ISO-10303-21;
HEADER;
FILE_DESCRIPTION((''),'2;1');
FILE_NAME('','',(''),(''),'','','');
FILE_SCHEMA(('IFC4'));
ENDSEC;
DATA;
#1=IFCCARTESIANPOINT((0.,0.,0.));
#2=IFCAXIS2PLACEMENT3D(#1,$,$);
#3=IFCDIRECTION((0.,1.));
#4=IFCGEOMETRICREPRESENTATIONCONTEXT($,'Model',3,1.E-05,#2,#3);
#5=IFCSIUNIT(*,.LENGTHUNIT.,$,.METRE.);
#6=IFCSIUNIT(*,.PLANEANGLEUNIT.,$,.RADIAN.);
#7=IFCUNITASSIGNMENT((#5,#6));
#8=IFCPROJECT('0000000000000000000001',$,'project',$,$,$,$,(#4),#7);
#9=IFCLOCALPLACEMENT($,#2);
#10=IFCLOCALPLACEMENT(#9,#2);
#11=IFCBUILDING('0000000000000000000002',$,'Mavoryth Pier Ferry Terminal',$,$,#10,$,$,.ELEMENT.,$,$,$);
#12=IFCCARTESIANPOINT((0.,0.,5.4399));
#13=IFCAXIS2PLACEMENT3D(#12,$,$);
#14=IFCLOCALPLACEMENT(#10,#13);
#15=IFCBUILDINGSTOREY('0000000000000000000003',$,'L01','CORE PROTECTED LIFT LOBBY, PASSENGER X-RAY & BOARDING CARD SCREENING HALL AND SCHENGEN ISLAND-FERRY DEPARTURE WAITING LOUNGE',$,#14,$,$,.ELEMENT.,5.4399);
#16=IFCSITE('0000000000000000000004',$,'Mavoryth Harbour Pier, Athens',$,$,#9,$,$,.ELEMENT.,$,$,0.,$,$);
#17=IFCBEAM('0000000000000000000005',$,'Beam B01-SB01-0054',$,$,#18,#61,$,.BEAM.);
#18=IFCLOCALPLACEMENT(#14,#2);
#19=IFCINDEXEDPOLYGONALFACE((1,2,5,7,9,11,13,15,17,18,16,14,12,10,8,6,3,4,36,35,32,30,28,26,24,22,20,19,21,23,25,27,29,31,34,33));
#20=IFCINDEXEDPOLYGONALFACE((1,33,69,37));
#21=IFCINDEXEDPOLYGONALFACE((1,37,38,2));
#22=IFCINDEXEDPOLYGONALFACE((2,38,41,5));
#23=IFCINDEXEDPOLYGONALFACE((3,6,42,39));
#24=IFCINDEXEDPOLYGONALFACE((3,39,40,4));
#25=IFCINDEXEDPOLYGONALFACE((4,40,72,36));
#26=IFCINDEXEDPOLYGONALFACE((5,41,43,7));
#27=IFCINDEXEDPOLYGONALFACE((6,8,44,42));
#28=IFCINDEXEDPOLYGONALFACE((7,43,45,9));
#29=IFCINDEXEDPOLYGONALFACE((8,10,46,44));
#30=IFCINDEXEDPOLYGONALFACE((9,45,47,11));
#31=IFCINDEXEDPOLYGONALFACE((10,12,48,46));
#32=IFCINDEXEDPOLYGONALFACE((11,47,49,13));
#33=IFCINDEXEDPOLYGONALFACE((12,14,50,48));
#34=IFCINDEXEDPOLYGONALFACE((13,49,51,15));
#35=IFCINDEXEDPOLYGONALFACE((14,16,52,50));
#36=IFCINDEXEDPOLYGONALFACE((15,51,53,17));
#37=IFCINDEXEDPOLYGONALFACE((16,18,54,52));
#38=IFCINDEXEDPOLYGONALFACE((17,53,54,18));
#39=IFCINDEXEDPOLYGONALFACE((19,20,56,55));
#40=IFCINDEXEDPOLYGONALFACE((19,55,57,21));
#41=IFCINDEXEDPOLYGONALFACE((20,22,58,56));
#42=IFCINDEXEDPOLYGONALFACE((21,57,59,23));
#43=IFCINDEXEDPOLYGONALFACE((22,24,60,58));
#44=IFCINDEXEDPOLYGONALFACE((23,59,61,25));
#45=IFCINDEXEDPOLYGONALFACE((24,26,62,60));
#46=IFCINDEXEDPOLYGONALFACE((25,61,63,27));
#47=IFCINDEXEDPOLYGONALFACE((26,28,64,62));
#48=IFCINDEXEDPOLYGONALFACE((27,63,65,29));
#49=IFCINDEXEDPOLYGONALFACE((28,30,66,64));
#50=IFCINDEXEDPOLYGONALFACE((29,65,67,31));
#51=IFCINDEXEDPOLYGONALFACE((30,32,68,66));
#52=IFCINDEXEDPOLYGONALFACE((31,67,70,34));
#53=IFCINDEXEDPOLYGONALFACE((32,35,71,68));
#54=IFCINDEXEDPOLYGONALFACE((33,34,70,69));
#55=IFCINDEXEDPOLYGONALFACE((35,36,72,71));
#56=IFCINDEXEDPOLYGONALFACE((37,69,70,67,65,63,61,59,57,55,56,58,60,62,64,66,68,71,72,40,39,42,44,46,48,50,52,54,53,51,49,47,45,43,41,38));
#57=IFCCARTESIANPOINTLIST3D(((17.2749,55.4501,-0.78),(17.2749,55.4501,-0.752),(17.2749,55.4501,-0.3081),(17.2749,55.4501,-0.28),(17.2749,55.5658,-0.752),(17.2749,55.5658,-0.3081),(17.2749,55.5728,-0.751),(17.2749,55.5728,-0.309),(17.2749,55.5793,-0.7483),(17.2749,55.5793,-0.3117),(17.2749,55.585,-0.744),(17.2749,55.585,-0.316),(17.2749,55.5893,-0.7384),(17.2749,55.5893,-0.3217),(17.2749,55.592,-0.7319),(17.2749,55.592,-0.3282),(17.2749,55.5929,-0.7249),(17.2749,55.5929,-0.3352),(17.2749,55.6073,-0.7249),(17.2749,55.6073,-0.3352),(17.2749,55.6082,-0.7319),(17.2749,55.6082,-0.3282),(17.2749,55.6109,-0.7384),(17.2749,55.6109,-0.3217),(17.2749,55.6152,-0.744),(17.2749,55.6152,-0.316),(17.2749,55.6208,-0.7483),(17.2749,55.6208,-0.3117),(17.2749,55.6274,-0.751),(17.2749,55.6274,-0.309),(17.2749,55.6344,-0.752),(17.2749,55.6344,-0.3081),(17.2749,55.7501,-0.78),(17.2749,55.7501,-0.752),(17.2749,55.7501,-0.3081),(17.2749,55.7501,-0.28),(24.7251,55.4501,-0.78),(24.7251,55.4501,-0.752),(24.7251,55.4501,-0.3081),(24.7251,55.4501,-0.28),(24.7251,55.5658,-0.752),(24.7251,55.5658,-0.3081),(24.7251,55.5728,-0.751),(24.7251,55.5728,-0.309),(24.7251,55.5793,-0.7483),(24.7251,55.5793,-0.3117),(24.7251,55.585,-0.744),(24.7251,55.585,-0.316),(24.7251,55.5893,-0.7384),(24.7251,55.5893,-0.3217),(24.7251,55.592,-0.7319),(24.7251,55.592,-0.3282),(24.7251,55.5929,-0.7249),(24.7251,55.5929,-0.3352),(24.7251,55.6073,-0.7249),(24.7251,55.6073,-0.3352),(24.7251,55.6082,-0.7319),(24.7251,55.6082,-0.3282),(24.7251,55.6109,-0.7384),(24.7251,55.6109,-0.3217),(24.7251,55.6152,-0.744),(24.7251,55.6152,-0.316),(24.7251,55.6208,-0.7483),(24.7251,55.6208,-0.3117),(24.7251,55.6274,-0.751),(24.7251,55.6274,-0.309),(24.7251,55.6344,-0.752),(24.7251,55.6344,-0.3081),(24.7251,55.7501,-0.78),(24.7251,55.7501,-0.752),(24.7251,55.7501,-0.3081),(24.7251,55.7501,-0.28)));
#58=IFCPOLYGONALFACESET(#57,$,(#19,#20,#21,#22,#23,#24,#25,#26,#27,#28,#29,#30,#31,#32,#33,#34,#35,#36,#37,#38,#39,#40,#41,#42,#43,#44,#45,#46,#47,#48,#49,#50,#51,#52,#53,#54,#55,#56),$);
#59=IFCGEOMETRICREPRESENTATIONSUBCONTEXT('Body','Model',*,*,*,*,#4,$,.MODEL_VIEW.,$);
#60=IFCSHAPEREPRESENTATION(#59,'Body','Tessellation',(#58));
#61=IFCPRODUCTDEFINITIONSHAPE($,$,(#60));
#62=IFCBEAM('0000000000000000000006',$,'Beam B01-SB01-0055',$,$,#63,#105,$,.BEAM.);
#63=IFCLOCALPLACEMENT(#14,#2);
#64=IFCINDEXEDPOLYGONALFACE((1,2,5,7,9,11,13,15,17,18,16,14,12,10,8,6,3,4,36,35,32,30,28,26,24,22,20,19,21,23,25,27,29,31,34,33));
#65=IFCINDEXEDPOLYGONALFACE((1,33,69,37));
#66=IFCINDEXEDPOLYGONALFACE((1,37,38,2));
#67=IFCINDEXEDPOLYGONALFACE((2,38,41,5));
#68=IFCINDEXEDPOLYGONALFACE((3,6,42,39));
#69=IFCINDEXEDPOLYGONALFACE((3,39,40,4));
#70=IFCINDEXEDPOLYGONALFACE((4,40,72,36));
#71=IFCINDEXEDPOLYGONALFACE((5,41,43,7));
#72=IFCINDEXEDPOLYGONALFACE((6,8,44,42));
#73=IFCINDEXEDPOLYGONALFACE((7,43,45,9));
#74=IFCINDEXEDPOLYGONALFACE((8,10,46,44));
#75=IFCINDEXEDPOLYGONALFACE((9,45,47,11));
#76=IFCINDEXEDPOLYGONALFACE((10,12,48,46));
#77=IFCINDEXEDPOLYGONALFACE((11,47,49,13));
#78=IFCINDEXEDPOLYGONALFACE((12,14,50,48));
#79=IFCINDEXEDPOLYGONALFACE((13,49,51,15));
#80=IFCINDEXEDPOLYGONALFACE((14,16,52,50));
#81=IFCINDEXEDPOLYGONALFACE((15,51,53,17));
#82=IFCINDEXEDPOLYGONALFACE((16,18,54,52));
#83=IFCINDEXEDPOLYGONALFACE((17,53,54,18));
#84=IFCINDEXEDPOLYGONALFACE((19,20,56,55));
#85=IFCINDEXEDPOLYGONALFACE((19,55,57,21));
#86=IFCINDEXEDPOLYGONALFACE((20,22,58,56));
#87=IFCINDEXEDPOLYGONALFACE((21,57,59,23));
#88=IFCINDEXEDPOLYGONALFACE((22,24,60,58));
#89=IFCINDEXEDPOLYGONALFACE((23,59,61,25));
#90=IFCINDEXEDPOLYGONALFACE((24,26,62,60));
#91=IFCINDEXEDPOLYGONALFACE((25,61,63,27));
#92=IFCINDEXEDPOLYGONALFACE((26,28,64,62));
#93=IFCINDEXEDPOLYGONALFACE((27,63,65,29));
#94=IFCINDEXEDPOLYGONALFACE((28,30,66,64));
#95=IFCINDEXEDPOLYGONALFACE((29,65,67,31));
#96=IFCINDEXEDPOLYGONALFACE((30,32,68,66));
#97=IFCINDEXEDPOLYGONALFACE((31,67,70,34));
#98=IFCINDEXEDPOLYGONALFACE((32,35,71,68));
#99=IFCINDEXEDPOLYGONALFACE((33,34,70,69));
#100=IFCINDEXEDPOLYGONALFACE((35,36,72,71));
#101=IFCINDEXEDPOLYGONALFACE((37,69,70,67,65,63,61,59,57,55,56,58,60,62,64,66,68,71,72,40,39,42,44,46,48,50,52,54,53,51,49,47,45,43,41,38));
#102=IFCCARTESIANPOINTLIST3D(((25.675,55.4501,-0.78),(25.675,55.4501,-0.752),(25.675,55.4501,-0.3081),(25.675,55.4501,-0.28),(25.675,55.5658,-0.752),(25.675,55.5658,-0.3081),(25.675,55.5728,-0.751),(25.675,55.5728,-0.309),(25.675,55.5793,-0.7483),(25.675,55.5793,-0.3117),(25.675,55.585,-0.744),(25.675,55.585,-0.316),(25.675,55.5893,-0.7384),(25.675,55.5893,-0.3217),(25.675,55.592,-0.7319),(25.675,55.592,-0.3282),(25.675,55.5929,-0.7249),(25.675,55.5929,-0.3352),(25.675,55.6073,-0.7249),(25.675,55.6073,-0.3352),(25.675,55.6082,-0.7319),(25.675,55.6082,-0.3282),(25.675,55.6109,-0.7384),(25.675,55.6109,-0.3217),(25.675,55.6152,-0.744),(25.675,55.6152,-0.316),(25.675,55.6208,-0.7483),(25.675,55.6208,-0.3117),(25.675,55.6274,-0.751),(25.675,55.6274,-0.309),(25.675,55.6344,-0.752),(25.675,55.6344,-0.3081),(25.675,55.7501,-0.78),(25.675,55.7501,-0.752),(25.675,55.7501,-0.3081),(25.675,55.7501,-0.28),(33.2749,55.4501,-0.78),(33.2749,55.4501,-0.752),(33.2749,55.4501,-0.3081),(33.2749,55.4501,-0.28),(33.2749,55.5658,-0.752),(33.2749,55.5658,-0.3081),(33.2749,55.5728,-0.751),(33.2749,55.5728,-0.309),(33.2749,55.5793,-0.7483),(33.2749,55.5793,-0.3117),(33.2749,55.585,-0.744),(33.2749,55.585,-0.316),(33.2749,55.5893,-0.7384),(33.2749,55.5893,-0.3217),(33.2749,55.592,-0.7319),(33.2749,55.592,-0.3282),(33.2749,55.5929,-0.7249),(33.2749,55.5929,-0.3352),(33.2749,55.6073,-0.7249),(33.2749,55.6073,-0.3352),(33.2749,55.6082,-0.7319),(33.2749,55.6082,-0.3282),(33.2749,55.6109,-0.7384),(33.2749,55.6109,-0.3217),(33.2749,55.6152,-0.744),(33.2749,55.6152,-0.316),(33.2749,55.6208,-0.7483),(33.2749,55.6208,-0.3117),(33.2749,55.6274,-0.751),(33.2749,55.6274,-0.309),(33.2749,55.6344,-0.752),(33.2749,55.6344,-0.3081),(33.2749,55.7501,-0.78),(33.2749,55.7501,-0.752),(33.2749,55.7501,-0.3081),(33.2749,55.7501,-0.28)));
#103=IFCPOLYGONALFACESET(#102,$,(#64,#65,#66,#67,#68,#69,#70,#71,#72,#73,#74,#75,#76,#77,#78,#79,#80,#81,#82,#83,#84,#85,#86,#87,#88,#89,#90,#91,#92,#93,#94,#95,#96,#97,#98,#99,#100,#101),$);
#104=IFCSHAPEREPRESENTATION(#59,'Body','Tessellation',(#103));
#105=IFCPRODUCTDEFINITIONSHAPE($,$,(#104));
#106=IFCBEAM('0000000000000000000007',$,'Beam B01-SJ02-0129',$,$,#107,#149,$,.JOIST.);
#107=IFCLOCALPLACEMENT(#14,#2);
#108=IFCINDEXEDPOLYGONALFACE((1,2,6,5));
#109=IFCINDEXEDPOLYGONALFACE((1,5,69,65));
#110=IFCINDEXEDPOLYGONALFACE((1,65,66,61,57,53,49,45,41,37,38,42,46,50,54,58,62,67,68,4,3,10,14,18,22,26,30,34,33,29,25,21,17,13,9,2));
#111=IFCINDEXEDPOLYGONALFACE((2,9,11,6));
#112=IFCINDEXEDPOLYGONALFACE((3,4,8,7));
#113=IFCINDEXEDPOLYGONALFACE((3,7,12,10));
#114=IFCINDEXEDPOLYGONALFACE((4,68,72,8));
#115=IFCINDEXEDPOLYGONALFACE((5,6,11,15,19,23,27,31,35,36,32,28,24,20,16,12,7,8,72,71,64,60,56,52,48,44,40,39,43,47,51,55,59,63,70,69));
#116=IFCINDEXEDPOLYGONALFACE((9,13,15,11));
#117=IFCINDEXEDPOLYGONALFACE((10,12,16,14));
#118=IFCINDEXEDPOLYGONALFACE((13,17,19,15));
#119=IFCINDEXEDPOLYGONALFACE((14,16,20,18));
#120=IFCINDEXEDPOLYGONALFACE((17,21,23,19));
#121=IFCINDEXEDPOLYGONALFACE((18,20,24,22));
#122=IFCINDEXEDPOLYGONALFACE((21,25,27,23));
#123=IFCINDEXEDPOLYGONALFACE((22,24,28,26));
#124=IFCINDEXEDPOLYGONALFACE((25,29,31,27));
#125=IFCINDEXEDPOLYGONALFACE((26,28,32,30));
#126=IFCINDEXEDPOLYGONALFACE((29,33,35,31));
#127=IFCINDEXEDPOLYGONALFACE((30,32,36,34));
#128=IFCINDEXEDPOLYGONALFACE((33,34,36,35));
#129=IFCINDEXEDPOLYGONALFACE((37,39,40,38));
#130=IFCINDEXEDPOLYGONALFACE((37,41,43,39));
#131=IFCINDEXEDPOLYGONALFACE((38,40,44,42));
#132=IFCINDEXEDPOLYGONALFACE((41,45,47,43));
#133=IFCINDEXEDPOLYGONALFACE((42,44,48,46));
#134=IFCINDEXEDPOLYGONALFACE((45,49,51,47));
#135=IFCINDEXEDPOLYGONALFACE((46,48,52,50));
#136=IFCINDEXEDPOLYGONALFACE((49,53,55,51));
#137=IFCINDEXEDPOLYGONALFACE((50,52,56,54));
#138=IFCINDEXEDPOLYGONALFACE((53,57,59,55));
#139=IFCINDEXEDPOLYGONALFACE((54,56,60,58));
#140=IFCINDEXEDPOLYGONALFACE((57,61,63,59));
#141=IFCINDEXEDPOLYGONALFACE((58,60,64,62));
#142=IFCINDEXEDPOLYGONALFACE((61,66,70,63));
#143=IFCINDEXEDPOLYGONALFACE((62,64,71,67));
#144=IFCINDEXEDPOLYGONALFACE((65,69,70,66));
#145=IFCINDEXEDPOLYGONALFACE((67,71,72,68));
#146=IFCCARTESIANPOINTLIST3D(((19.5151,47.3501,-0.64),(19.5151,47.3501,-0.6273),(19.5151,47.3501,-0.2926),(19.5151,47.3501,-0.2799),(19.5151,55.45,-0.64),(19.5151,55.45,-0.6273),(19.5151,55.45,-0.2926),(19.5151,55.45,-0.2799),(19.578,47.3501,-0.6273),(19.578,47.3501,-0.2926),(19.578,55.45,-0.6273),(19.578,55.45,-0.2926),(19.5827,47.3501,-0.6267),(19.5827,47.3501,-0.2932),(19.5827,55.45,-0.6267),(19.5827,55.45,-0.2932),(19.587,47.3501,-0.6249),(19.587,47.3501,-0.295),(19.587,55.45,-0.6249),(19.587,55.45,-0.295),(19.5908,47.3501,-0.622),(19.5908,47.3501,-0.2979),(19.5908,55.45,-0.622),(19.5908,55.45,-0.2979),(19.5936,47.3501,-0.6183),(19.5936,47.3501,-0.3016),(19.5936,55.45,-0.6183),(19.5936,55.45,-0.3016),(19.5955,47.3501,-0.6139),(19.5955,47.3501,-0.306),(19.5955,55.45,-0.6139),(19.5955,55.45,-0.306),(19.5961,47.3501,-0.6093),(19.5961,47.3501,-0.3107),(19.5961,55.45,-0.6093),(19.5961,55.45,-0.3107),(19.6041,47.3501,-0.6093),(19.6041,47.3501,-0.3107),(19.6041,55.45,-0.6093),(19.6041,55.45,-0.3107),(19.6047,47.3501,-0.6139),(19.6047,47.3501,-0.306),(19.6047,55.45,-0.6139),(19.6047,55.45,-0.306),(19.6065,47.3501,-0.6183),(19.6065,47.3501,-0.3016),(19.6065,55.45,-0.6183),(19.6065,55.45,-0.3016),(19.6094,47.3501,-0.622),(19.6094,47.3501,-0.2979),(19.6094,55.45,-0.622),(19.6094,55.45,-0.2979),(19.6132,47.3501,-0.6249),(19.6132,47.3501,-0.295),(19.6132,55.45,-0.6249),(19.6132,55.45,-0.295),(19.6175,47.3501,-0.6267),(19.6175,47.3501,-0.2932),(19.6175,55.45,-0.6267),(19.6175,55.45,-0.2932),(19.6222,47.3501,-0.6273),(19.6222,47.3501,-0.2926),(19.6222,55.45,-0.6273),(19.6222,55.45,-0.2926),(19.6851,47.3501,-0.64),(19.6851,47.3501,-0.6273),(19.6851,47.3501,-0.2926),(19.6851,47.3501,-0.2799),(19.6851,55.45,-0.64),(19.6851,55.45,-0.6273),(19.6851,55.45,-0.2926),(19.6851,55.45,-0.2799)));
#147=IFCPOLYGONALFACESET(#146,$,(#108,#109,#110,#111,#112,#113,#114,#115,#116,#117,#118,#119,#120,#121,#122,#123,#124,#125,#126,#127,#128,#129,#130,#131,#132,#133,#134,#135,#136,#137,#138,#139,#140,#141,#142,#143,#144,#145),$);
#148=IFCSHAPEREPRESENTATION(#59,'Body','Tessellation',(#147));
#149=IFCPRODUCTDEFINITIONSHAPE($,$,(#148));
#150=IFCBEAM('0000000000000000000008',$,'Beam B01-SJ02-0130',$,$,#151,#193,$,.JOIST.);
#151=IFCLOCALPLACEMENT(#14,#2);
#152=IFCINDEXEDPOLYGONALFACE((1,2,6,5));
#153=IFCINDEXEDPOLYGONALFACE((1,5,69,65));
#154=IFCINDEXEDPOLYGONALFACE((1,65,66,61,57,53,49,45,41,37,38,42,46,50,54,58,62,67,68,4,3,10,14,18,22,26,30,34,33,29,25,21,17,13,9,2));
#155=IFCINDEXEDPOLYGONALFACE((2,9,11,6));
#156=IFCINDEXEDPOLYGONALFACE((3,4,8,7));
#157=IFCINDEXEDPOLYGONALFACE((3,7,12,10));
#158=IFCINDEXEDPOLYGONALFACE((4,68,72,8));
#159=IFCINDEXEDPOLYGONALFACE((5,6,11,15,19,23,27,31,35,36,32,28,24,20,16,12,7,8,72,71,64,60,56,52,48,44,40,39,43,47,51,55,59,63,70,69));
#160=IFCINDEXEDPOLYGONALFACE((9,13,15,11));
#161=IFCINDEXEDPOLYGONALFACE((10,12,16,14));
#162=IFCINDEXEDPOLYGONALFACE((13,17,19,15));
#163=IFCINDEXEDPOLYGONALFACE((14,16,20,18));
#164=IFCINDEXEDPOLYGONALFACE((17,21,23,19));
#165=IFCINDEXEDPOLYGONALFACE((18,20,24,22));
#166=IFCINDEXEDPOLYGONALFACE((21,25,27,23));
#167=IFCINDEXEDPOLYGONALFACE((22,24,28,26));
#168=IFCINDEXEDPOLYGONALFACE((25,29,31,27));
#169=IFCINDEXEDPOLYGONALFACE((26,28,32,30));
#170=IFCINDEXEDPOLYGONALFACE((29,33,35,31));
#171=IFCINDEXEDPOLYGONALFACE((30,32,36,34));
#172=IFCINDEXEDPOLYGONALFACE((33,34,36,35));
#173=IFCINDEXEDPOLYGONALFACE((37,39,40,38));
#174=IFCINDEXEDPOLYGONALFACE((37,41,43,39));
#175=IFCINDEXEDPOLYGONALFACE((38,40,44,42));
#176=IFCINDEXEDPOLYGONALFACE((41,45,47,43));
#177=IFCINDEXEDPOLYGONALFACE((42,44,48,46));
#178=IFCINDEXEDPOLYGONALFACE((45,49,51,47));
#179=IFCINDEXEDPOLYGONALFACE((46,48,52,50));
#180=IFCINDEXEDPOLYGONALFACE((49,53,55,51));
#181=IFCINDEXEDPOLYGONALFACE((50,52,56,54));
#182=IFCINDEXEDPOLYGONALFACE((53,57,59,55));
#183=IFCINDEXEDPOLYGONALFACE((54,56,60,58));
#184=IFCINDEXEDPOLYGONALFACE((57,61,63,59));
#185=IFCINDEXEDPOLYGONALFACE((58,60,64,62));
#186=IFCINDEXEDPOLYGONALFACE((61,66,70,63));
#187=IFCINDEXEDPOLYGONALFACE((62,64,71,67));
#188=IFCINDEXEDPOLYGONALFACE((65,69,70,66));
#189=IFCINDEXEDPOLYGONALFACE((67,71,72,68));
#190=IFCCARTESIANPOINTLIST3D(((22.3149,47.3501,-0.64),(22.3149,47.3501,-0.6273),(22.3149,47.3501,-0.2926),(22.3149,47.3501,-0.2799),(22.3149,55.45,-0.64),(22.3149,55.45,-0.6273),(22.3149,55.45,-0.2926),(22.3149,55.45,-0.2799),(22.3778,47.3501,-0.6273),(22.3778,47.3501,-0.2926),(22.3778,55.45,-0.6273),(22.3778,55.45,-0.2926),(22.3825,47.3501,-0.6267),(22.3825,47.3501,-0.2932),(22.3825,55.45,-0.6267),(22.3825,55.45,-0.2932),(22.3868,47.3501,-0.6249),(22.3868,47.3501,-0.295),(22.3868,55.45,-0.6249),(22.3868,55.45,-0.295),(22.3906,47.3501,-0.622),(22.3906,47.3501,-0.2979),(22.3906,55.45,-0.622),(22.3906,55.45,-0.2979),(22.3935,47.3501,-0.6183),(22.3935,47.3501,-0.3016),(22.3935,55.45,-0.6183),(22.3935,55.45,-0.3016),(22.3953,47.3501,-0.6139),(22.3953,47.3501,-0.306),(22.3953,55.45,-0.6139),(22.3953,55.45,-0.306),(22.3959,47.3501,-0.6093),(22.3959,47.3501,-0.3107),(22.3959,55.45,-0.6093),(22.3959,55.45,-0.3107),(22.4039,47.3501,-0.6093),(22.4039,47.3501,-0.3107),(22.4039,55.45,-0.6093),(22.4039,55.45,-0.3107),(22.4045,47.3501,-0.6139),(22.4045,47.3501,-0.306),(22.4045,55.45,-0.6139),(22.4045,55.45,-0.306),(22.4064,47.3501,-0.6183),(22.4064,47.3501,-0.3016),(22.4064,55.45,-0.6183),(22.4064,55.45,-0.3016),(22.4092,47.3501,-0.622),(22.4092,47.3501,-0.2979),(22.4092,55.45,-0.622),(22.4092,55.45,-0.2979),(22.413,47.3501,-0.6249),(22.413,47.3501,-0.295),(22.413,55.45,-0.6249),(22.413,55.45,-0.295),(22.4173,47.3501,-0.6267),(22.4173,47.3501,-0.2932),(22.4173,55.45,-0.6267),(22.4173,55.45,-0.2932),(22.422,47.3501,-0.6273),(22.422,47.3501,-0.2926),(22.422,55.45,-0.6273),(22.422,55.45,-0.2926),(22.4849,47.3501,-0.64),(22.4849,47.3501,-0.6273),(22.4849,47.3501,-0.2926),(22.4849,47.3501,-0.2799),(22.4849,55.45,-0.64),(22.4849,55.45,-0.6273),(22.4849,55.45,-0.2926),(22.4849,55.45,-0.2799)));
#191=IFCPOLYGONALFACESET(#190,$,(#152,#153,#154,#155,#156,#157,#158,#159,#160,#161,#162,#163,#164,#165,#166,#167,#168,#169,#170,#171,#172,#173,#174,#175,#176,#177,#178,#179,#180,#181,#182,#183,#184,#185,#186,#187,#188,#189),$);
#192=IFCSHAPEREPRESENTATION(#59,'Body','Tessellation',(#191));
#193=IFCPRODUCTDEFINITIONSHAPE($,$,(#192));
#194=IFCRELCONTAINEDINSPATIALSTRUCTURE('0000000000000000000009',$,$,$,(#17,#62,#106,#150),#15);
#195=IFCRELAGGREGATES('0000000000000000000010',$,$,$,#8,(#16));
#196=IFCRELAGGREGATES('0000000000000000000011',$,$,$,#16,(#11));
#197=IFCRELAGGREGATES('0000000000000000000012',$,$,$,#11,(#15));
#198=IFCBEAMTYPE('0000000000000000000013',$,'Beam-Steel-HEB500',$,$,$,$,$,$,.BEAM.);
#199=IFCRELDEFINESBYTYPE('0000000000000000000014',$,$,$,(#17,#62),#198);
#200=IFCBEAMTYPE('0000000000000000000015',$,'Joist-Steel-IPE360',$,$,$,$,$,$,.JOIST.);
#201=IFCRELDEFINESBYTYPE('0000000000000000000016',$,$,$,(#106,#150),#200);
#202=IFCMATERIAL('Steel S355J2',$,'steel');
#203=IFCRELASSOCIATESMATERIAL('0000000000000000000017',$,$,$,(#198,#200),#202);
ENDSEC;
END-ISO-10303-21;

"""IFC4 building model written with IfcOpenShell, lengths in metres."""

from ifc_helpers import new_model, si_unit, direction, frame, origin, origin_2d, place, context, subcontext, project, spatial, i_section, extrude, material, material_profile, profile_set, type_object, element, save


model = new_model("IFC4")

# Units and contexts
model_context = context("Model", 3, precision=1e-05, world=origin(), true_north=direction((0.0, 1.0)))
body_context = subcontext(model_context, "Body", "Model", "MODEL_VIEW")
ifc_project = project(units=[si_unit("LENGTHUNIT", "METRE"), si_unit("PLANEANGLEUNIT", "RADIAN")], contexts=[model_context])

# Site, building, storey
site_placement = place(None, origin())
site = spatial("IfcSite", under=ifc_project, at=site_placement, Name="Mavoryth Harbour Pier, Athens", CompositionType="ELEMENT", RefElevation=0.0)
building_placement = place(site_placement, origin())
building = spatial("IfcBuilding", under=site, at=building_placement, Name="Mavoryth Pier Ferry Terminal", CompositionType="ELEMENT")
storey_placement = place(building_placement, frame((0.0, 0.0, 5.4399)))
storey = spatial("IfcBuildingStorey", under=building, at=storey_placement, Name="L01", Description="CORE PROTECTED LIFT LOBBY, PASSENGER X-RAY & BOARDING CARD SCREENING HALL AND SCHENGEN ISLAND-FERRY DEPARTURE WAITING LOUNGE", CompositionType="ELEMENT", Elevation=5.4399)

# Beams
ifc_material_1 = material(Name="Steel S355J2", Category="steel")
ifc_material_profile_1 = material_profile(ifc_material_1, i_section(OverallWidth=0.3, OverallDepth=0.5, WebThickness=0.0144, FlangeThickness=0.0281, FilletRadius=0.0271, at=origin_2d()), Name="HEB 500", Category="steel")
ifc_profile_set_1 = profile_set([ifc_material_profile_1], Name="Steel S355J2 - HEB 500")
beam_type_1 = type_object("IfcBeamType", Name="Beam-Steel-HEB500", PredefinedType="BEAM", material=ifc_profile_set_1)
beam_1_placement = place(storey_placement, frame((17.2749, 55.6001, -0.53), z_axis=(1.0, 0.0, 0.0), x_axis=(0.0, 1.0, 0.0)))
element("IfcBeam", 1, at=beam_1_placement, inside=storey, type_object=beam_type_1, Name="Beam B01-SB01-0054", PredefinedType="BEAM", context=body_context, shape_type="SweptSolid", body=[
    extrude(i_section(OverallWidth=0.3, OverallDepth=0.5, WebThickness=0.0144, FlangeThickness=0.0281, FilletRadius=0.0271, at=origin_2d()), origin(), (0.0, 0.0, 1.0), 7.4502),
])
beam_2_placement = place(storey_placement, frame((25.675, 55.6001, -0.53), z_axis=(1.0, 0.0, 0.0), x_axis=(0.0, 1.0, 0.0)))
element("IfcBeam", 2, at=beam_2_placement, inside=storey, type_object=beam_type_1, Name="Beam B01-SB01-0055", PredefinedType="BEAM", context=body_context, shape_type="SweptSolid", body=[
    extrude(i_section(OverallWidth=0.3, OverallDepth=0.5, WebThickness=0.0144, FlangeThickness=0.0281, FilletRadius=0.0271, at=origin_2d()), origin(), (0.0, 0.0, 1.0), 7.5999),
])
ifc_material_profile_2 = material_profile(ifc_material_1, i_section(OverallWidth=0.1699, OverallDepth=0.3601, WebThickness=0.0081, FlangeThickness=0.0127, FilletRadius=0.0181, at=origin_2d()), Name="IPE 360", Category="steel")
ifc_profile_set_2 = profile_set([ifc_material_profile_2], Name="Steel S355J2 - IPE 360")
beam_type_2 = type_object("IfcBeamType", Name="Joist-Steel-IPE360", PredefinedType="JOIST", material=ifc_profile_set_2)
for number, where, z_axis, x_axis, name in (
    (3, (19.6001, 47.3501, -0.46), (0.0, 1.0, 0.0), (-1.0, 0.0, 0.0), "Beam B01-SJ02-0129"),
    (4, (22.3999, 47.3501, -0.46), (0.0, 1.0, 0.0), (-1.0, 0.0, 0.0), "Beam B01-SJ02-0130"),
):
    element("IfcBeam", number, at=place(storey_placement, frame(where, z_axis=z_axis, x_axis=x_axis)), inside=storey, type_object=beam_type_2, Name=name, PredefinedType="JOIST", context=body_context, shape_type="SweptSolid", body=[
        extrude(i_section(OverallWidth=0.1699, OverallDepth=0.3601, WebThickness=0.0081, FlangeThickness=0.0127, FilletRadius=0.0181, at=origin_2d()), origin(), (0.0, 0.0, 1.0), 8.0999),
    ])

save(model, "model.ifc")
